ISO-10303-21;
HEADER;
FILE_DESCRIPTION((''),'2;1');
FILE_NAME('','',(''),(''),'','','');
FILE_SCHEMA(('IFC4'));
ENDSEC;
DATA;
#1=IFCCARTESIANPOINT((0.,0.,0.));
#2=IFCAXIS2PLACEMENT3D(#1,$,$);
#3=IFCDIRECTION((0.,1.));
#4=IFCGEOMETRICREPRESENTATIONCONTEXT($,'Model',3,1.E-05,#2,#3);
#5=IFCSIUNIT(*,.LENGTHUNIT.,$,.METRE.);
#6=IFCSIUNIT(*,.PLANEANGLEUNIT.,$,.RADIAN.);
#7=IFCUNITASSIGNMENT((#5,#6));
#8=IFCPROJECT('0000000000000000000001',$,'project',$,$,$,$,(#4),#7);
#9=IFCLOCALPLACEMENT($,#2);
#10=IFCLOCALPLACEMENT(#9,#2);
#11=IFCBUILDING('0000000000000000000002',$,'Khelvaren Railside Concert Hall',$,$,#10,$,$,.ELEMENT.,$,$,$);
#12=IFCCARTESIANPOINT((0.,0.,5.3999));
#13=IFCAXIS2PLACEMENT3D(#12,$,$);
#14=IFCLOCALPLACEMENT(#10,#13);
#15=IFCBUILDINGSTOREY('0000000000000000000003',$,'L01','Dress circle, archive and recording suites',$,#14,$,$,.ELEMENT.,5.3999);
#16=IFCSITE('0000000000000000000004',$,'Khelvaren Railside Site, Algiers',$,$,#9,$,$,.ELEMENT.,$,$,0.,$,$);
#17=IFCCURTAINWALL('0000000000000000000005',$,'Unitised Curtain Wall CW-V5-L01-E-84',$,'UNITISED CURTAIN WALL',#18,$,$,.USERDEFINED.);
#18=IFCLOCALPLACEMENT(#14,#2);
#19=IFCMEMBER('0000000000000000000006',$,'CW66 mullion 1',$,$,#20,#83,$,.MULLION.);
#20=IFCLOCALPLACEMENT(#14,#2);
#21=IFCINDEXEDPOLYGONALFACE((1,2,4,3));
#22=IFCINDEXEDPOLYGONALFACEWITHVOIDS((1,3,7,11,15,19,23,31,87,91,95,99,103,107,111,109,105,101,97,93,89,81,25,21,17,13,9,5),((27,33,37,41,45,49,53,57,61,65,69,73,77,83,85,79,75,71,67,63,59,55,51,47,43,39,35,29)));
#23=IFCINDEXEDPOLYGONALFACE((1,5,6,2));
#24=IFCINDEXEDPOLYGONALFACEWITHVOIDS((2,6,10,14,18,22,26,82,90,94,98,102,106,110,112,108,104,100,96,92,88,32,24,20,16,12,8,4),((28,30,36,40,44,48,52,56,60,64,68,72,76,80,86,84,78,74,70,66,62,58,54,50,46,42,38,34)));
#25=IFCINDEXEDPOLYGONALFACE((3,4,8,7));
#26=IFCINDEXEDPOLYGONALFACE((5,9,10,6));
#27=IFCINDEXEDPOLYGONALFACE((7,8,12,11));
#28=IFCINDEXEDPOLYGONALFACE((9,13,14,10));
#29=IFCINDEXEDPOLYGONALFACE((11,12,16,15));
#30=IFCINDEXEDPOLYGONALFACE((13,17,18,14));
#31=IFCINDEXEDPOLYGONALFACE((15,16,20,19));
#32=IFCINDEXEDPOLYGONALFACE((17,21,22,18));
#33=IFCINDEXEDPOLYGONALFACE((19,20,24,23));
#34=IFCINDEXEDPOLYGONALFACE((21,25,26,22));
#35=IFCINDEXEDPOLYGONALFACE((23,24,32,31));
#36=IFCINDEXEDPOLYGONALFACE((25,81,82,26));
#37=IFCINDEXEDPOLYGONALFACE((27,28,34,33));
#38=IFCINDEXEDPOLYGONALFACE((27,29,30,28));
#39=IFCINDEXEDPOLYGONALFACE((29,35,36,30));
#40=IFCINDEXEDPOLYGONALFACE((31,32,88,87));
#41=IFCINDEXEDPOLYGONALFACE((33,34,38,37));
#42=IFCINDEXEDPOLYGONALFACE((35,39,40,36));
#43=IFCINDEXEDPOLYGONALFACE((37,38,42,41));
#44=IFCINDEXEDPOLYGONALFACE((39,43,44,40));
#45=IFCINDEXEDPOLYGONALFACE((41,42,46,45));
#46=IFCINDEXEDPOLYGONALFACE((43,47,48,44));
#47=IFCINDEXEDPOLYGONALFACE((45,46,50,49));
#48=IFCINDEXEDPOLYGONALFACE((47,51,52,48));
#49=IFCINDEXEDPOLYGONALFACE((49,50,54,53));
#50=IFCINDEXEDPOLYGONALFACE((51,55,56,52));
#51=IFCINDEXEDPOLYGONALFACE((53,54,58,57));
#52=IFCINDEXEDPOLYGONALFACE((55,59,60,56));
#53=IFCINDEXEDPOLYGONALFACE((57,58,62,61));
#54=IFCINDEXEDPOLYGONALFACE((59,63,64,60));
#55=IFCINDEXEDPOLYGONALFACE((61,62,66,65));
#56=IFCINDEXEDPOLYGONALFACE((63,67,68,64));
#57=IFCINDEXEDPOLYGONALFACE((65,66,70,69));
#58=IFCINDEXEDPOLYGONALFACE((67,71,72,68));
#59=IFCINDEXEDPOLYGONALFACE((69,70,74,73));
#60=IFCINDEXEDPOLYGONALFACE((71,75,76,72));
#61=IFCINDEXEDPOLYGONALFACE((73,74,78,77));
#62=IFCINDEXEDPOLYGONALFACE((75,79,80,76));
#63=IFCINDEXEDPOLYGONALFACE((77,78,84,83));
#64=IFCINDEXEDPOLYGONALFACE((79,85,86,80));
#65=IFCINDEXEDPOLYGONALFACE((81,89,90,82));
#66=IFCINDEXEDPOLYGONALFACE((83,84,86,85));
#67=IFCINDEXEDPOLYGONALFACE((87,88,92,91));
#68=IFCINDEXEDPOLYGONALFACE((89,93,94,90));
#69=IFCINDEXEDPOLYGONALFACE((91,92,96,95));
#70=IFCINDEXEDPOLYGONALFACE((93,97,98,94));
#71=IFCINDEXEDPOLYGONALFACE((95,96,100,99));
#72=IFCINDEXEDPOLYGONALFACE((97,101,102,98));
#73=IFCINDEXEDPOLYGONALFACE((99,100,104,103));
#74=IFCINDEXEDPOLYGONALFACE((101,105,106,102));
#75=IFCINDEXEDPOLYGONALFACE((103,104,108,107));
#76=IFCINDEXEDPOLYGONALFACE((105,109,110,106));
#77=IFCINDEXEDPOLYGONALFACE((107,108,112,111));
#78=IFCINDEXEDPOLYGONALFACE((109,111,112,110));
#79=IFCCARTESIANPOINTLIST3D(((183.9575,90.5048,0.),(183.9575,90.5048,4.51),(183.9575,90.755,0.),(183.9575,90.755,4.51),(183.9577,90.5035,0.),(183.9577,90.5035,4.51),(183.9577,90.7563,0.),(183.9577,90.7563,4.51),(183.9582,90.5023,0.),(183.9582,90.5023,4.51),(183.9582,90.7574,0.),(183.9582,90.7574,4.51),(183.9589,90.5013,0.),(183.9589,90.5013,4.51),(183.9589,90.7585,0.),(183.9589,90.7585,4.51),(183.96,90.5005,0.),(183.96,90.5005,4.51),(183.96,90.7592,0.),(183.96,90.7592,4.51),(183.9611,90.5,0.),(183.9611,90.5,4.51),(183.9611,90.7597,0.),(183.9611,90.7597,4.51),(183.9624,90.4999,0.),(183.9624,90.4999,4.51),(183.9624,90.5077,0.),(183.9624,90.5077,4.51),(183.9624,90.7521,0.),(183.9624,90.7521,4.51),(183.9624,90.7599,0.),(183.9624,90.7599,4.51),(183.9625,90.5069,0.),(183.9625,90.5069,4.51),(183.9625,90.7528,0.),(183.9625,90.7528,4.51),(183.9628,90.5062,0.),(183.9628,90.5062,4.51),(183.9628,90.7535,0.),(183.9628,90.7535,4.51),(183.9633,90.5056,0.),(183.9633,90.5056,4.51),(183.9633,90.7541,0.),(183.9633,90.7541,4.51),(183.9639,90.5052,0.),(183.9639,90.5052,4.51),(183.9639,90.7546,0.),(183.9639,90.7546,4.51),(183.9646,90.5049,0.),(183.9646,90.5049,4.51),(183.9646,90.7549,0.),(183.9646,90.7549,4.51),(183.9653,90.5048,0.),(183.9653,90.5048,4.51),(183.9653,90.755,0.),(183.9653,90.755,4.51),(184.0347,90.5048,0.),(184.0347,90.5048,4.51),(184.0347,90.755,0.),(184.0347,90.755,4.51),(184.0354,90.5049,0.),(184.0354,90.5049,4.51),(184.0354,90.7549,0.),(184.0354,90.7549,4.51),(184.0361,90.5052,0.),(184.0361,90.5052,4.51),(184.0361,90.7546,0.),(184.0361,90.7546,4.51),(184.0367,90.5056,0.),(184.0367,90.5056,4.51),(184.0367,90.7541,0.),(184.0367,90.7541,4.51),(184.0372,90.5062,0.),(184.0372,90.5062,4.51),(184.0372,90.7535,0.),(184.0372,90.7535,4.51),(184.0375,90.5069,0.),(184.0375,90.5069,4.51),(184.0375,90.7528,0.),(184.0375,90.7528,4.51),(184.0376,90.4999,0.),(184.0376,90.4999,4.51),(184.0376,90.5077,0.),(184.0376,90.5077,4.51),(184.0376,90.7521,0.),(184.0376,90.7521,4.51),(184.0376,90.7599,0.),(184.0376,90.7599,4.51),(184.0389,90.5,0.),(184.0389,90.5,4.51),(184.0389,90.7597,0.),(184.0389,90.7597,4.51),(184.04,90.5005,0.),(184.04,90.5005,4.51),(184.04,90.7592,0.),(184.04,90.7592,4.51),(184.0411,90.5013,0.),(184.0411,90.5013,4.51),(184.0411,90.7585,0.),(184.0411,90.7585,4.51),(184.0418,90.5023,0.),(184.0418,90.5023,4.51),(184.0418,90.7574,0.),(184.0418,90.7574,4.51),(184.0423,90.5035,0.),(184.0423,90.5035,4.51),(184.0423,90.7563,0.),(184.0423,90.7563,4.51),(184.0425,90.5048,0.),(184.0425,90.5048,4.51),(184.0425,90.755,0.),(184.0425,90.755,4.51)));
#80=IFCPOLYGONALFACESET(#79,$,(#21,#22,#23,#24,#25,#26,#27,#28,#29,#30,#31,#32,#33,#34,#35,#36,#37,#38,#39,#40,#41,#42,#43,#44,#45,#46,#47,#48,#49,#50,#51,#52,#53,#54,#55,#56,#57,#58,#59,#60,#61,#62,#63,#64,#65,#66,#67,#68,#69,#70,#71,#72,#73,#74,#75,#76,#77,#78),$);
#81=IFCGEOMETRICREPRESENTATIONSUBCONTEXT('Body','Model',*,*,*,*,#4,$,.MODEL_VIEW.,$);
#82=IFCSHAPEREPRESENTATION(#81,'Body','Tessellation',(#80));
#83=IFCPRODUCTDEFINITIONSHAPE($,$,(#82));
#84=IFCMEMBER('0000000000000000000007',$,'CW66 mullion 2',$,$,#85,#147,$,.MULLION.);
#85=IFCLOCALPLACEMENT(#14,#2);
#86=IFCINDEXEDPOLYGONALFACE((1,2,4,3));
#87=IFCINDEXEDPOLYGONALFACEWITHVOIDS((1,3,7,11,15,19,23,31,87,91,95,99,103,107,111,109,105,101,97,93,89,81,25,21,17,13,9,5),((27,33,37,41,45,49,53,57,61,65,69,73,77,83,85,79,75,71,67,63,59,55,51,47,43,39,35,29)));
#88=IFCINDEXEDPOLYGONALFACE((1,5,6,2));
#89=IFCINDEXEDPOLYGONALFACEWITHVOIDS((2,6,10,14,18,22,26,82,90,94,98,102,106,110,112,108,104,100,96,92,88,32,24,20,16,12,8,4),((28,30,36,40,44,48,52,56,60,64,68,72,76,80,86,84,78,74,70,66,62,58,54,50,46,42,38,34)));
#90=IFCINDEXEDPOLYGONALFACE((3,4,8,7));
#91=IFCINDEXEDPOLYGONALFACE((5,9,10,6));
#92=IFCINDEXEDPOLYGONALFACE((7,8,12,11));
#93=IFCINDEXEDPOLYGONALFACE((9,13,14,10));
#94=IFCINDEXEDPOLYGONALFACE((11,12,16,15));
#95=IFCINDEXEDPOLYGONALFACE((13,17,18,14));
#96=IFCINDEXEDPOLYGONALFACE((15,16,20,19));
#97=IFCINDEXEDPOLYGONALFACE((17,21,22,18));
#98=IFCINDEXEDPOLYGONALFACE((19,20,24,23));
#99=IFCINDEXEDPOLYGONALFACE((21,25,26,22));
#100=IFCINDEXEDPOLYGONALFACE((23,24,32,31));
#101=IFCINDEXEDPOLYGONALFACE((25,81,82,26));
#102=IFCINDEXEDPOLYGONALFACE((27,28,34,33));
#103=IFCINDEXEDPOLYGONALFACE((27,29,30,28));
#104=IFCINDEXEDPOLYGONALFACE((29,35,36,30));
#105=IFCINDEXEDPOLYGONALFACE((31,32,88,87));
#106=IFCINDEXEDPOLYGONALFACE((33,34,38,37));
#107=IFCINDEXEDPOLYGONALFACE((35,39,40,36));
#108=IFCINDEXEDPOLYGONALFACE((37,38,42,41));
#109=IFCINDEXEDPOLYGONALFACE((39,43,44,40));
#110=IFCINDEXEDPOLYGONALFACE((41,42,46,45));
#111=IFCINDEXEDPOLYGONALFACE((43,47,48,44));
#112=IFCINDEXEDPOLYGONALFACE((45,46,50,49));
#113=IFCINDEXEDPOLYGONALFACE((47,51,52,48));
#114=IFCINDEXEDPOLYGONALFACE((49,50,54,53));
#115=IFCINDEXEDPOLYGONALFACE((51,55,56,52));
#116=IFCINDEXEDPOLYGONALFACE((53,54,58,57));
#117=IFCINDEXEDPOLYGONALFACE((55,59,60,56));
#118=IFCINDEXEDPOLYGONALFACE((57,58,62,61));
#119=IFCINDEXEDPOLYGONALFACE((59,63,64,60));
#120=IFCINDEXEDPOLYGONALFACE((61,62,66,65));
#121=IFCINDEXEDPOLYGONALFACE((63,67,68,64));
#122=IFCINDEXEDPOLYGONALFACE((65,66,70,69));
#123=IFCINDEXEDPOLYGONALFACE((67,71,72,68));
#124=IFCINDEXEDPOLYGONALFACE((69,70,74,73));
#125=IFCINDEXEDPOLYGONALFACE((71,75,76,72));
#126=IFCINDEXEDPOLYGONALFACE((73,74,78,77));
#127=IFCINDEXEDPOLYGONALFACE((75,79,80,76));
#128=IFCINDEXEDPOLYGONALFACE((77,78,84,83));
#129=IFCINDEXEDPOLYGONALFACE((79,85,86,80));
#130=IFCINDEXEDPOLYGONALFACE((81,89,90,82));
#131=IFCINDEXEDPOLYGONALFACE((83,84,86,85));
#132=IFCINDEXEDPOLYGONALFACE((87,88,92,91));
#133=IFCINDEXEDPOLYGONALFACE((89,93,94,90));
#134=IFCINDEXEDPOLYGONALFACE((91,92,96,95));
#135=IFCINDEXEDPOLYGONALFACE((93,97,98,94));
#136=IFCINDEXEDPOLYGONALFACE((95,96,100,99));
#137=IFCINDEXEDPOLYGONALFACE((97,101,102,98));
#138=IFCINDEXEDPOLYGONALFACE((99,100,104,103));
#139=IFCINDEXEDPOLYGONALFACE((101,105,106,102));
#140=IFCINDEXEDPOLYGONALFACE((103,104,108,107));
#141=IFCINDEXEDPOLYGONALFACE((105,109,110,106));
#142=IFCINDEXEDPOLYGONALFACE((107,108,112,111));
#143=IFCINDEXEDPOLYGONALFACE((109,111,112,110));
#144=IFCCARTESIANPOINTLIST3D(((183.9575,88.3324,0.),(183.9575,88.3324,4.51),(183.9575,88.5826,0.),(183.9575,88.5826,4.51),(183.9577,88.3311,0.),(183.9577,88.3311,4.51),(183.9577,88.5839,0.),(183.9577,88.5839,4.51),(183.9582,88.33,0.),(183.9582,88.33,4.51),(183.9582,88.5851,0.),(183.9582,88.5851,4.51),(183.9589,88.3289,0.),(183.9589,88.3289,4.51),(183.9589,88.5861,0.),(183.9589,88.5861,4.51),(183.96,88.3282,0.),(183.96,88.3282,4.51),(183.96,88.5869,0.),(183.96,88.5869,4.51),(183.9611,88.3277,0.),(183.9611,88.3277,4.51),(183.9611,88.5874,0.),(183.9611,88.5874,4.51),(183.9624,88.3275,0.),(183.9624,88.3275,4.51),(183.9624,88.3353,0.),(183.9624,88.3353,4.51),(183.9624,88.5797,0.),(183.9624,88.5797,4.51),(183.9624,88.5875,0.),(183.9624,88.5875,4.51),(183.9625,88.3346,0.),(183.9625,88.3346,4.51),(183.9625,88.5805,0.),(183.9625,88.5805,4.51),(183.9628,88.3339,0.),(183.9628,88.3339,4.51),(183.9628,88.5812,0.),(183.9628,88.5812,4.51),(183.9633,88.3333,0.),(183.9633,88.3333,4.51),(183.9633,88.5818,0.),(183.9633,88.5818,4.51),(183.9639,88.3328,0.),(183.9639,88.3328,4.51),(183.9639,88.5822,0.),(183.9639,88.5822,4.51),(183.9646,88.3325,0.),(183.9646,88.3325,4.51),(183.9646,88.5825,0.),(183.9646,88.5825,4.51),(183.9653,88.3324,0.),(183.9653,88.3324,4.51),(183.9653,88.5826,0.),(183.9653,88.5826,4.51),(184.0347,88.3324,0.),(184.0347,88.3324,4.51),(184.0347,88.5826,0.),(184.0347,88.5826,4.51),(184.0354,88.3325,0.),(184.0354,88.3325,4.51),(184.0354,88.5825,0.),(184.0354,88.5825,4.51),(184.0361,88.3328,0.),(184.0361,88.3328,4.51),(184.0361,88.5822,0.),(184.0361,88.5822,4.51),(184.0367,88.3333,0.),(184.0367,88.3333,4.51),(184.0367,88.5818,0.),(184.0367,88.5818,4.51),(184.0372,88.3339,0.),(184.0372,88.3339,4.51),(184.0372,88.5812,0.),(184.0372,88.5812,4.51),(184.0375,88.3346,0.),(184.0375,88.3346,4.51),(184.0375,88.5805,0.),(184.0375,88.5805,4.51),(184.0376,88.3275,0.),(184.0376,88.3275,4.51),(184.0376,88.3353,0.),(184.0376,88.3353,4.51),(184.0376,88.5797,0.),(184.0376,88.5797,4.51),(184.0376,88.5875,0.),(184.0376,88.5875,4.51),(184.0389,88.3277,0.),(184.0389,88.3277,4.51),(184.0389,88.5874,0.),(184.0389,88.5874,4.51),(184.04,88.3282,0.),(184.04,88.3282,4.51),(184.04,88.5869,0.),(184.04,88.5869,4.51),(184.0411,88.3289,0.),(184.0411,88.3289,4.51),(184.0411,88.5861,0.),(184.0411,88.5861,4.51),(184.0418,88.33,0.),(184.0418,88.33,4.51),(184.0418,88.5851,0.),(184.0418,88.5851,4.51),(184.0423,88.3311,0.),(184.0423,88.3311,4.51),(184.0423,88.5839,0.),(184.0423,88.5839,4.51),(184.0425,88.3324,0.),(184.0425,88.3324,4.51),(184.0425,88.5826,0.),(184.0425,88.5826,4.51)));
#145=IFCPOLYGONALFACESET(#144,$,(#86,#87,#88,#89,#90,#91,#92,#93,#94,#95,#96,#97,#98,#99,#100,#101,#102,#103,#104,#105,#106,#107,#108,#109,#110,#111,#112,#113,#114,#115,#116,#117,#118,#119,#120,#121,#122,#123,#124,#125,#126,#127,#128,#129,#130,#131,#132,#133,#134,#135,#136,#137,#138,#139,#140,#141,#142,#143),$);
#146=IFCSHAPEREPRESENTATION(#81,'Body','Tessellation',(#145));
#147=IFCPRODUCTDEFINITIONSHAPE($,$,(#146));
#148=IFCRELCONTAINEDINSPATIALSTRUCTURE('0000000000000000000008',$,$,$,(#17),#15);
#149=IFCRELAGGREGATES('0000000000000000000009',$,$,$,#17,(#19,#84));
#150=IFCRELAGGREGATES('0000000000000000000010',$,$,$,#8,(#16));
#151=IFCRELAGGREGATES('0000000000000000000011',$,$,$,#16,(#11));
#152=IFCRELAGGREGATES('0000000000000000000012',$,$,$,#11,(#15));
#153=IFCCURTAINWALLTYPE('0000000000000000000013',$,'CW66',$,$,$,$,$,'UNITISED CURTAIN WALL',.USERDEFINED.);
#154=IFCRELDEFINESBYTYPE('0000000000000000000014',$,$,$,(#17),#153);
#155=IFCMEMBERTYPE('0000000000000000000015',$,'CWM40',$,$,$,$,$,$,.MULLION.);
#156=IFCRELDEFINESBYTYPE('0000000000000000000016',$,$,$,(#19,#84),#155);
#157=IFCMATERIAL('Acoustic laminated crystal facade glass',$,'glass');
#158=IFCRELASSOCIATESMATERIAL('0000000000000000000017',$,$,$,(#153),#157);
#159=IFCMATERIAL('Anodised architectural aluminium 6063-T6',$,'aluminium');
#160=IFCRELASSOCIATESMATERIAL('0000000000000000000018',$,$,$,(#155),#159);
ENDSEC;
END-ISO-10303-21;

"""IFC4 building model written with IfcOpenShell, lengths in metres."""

from ifc_helpers import new_model, si_unit, direction, frame, origin, origin_2d, place, context, subcontext, project, spatial, hollow_rectangle, extrude, material, material_profile, profile_set, type_object, element, aggregate, save


model = new_model("IFC4")

# Units and contexts
model_context = context("Model", 3, precision=1e-05, world=origin(), true_north=direction((0.0, 1.0)))
body_context = subcontext(model_context, "Body", "Model", "MODEL_VIEW")
ifc_project = project(units=[si_unit("LENGTHUNIT", "METRE"), si_unit("PLANEANGLEUNIT", "RADIAN")], contexts=[model_context])

# Site, building, storey
site_placement = place(None, origin())
site = spatial("IfcSite", under=ifc_project, at=site_placement, Name="Khelvaren Railside Site, Algiers", CompositionType="ELEMENT", RefElevation=0.0)
building_placement = place(site_placement, origin())
building = spatial("IfcBuilding", under=site, at=building_placement, Name="Khelvaren Railside Concert Hall", CompositionType="ELEMENT")
storey_placement = place(building_placement, frame((0.0, 0.0, 5.3999)))
storey = spatial("IfcBuildingStorey", under=building, at=storey_placement, Name="L01", Description="Dress circle, archive and recording suites", CompositionType="ELEMENT", Elevation=5.3999)

# Curtain wall, members
ifc_material_1 = material(Name="Anodised architectural aluminium 6063-T6", Category="aluminium")
ifc_material_2 = material(Name="Acoustic laminated crystal facade glass", Category="glass")
curtain_wall_type_1 = type_object("IfcCurtainWallType", Name="CW66", ElementType="UNITISED CURTAIN WALL", PredefinedType="USERDEFINED", material=ifc_material_2)
curtain_wall_1_placement = place(storey_placement, origin())
curtain_wall_1 = element("IfcCurtainWall", 1, at=curtain_wall_1_placement, inside=storey, type_object=curtain_wall_type_1, Name="Unitised Curtain Wall CW-V5-L01-E-84", ObjectType="UNITISED CURTAIN WALL", PredefinedType="USERDEFINED")
ifc_material_profile_1 = material_profile(ifc_material_1, hollow_rectangle(XDim=0.085, YDim=0.26, WallThickness=0.0049, InnerFilletRadius=0.0029, OuterFilletRadius=0.0049, at=origin_2d()), Name="CWM 85x260x5")
ifc_profile_set_1 = profile_set([ifc_material_profile_1], Name="Anodised architectural aluminium 6063-T6")
member_type_1 = type_object("IfcMemberType", Name="CWM40", PredefinedType="MULLION", material=ifc_profile_set_1)
member_1_placement = place(storey_placement, frame((184.0, 90.6299, 0.0), z_axis=(0.0, 0.0, 1.0), x_axis=(1.0, 0.0, 0.0)))
member_1 = element("IfcMember", 2, at=member_1_placement, type_object=member_type_1, Name="CW66 mullion 1", PredefinedType="MULLION", context=body_context, shape_type="SweptSolid", body=[
    extrude(hollow_rectangle(XDim=0.085, YDim=0.26, WallThickness=0.0049, InnerFilletRadius=0.0029, OuterFilletRadius=0.0049, at=origin_2d()), origin(), (0.0, 0.0, 1.0), 4.51),
])
member_2_placement = place(storey_placement, frame((184.0, 88.4575, 0.0), z_axis=(0.0, 0.0, 1.0), x_axis=(1.0, 0.0, 0.0)))
member_2 = element("IfcMember", 3, at=member_2_placement, type_object=member_type_1, Name="CW66 mullion 2", PredefinedType="MULLION", context=body_context, shape_type="SweptSolid", body=[
    extrude(hollow_rectangle(XDim=0.085, YDim=0.26, WallThickness=0.0049, InnerFilletRadius=0.0029, OuterFilletRadius=0.0049, at=origin_2d()), origin(), (0.0, 0.0, 1.0), 4.51),
])

aggregate(curtain_wall_1, [member_1, member_2])

save(model, "model.ifc")
